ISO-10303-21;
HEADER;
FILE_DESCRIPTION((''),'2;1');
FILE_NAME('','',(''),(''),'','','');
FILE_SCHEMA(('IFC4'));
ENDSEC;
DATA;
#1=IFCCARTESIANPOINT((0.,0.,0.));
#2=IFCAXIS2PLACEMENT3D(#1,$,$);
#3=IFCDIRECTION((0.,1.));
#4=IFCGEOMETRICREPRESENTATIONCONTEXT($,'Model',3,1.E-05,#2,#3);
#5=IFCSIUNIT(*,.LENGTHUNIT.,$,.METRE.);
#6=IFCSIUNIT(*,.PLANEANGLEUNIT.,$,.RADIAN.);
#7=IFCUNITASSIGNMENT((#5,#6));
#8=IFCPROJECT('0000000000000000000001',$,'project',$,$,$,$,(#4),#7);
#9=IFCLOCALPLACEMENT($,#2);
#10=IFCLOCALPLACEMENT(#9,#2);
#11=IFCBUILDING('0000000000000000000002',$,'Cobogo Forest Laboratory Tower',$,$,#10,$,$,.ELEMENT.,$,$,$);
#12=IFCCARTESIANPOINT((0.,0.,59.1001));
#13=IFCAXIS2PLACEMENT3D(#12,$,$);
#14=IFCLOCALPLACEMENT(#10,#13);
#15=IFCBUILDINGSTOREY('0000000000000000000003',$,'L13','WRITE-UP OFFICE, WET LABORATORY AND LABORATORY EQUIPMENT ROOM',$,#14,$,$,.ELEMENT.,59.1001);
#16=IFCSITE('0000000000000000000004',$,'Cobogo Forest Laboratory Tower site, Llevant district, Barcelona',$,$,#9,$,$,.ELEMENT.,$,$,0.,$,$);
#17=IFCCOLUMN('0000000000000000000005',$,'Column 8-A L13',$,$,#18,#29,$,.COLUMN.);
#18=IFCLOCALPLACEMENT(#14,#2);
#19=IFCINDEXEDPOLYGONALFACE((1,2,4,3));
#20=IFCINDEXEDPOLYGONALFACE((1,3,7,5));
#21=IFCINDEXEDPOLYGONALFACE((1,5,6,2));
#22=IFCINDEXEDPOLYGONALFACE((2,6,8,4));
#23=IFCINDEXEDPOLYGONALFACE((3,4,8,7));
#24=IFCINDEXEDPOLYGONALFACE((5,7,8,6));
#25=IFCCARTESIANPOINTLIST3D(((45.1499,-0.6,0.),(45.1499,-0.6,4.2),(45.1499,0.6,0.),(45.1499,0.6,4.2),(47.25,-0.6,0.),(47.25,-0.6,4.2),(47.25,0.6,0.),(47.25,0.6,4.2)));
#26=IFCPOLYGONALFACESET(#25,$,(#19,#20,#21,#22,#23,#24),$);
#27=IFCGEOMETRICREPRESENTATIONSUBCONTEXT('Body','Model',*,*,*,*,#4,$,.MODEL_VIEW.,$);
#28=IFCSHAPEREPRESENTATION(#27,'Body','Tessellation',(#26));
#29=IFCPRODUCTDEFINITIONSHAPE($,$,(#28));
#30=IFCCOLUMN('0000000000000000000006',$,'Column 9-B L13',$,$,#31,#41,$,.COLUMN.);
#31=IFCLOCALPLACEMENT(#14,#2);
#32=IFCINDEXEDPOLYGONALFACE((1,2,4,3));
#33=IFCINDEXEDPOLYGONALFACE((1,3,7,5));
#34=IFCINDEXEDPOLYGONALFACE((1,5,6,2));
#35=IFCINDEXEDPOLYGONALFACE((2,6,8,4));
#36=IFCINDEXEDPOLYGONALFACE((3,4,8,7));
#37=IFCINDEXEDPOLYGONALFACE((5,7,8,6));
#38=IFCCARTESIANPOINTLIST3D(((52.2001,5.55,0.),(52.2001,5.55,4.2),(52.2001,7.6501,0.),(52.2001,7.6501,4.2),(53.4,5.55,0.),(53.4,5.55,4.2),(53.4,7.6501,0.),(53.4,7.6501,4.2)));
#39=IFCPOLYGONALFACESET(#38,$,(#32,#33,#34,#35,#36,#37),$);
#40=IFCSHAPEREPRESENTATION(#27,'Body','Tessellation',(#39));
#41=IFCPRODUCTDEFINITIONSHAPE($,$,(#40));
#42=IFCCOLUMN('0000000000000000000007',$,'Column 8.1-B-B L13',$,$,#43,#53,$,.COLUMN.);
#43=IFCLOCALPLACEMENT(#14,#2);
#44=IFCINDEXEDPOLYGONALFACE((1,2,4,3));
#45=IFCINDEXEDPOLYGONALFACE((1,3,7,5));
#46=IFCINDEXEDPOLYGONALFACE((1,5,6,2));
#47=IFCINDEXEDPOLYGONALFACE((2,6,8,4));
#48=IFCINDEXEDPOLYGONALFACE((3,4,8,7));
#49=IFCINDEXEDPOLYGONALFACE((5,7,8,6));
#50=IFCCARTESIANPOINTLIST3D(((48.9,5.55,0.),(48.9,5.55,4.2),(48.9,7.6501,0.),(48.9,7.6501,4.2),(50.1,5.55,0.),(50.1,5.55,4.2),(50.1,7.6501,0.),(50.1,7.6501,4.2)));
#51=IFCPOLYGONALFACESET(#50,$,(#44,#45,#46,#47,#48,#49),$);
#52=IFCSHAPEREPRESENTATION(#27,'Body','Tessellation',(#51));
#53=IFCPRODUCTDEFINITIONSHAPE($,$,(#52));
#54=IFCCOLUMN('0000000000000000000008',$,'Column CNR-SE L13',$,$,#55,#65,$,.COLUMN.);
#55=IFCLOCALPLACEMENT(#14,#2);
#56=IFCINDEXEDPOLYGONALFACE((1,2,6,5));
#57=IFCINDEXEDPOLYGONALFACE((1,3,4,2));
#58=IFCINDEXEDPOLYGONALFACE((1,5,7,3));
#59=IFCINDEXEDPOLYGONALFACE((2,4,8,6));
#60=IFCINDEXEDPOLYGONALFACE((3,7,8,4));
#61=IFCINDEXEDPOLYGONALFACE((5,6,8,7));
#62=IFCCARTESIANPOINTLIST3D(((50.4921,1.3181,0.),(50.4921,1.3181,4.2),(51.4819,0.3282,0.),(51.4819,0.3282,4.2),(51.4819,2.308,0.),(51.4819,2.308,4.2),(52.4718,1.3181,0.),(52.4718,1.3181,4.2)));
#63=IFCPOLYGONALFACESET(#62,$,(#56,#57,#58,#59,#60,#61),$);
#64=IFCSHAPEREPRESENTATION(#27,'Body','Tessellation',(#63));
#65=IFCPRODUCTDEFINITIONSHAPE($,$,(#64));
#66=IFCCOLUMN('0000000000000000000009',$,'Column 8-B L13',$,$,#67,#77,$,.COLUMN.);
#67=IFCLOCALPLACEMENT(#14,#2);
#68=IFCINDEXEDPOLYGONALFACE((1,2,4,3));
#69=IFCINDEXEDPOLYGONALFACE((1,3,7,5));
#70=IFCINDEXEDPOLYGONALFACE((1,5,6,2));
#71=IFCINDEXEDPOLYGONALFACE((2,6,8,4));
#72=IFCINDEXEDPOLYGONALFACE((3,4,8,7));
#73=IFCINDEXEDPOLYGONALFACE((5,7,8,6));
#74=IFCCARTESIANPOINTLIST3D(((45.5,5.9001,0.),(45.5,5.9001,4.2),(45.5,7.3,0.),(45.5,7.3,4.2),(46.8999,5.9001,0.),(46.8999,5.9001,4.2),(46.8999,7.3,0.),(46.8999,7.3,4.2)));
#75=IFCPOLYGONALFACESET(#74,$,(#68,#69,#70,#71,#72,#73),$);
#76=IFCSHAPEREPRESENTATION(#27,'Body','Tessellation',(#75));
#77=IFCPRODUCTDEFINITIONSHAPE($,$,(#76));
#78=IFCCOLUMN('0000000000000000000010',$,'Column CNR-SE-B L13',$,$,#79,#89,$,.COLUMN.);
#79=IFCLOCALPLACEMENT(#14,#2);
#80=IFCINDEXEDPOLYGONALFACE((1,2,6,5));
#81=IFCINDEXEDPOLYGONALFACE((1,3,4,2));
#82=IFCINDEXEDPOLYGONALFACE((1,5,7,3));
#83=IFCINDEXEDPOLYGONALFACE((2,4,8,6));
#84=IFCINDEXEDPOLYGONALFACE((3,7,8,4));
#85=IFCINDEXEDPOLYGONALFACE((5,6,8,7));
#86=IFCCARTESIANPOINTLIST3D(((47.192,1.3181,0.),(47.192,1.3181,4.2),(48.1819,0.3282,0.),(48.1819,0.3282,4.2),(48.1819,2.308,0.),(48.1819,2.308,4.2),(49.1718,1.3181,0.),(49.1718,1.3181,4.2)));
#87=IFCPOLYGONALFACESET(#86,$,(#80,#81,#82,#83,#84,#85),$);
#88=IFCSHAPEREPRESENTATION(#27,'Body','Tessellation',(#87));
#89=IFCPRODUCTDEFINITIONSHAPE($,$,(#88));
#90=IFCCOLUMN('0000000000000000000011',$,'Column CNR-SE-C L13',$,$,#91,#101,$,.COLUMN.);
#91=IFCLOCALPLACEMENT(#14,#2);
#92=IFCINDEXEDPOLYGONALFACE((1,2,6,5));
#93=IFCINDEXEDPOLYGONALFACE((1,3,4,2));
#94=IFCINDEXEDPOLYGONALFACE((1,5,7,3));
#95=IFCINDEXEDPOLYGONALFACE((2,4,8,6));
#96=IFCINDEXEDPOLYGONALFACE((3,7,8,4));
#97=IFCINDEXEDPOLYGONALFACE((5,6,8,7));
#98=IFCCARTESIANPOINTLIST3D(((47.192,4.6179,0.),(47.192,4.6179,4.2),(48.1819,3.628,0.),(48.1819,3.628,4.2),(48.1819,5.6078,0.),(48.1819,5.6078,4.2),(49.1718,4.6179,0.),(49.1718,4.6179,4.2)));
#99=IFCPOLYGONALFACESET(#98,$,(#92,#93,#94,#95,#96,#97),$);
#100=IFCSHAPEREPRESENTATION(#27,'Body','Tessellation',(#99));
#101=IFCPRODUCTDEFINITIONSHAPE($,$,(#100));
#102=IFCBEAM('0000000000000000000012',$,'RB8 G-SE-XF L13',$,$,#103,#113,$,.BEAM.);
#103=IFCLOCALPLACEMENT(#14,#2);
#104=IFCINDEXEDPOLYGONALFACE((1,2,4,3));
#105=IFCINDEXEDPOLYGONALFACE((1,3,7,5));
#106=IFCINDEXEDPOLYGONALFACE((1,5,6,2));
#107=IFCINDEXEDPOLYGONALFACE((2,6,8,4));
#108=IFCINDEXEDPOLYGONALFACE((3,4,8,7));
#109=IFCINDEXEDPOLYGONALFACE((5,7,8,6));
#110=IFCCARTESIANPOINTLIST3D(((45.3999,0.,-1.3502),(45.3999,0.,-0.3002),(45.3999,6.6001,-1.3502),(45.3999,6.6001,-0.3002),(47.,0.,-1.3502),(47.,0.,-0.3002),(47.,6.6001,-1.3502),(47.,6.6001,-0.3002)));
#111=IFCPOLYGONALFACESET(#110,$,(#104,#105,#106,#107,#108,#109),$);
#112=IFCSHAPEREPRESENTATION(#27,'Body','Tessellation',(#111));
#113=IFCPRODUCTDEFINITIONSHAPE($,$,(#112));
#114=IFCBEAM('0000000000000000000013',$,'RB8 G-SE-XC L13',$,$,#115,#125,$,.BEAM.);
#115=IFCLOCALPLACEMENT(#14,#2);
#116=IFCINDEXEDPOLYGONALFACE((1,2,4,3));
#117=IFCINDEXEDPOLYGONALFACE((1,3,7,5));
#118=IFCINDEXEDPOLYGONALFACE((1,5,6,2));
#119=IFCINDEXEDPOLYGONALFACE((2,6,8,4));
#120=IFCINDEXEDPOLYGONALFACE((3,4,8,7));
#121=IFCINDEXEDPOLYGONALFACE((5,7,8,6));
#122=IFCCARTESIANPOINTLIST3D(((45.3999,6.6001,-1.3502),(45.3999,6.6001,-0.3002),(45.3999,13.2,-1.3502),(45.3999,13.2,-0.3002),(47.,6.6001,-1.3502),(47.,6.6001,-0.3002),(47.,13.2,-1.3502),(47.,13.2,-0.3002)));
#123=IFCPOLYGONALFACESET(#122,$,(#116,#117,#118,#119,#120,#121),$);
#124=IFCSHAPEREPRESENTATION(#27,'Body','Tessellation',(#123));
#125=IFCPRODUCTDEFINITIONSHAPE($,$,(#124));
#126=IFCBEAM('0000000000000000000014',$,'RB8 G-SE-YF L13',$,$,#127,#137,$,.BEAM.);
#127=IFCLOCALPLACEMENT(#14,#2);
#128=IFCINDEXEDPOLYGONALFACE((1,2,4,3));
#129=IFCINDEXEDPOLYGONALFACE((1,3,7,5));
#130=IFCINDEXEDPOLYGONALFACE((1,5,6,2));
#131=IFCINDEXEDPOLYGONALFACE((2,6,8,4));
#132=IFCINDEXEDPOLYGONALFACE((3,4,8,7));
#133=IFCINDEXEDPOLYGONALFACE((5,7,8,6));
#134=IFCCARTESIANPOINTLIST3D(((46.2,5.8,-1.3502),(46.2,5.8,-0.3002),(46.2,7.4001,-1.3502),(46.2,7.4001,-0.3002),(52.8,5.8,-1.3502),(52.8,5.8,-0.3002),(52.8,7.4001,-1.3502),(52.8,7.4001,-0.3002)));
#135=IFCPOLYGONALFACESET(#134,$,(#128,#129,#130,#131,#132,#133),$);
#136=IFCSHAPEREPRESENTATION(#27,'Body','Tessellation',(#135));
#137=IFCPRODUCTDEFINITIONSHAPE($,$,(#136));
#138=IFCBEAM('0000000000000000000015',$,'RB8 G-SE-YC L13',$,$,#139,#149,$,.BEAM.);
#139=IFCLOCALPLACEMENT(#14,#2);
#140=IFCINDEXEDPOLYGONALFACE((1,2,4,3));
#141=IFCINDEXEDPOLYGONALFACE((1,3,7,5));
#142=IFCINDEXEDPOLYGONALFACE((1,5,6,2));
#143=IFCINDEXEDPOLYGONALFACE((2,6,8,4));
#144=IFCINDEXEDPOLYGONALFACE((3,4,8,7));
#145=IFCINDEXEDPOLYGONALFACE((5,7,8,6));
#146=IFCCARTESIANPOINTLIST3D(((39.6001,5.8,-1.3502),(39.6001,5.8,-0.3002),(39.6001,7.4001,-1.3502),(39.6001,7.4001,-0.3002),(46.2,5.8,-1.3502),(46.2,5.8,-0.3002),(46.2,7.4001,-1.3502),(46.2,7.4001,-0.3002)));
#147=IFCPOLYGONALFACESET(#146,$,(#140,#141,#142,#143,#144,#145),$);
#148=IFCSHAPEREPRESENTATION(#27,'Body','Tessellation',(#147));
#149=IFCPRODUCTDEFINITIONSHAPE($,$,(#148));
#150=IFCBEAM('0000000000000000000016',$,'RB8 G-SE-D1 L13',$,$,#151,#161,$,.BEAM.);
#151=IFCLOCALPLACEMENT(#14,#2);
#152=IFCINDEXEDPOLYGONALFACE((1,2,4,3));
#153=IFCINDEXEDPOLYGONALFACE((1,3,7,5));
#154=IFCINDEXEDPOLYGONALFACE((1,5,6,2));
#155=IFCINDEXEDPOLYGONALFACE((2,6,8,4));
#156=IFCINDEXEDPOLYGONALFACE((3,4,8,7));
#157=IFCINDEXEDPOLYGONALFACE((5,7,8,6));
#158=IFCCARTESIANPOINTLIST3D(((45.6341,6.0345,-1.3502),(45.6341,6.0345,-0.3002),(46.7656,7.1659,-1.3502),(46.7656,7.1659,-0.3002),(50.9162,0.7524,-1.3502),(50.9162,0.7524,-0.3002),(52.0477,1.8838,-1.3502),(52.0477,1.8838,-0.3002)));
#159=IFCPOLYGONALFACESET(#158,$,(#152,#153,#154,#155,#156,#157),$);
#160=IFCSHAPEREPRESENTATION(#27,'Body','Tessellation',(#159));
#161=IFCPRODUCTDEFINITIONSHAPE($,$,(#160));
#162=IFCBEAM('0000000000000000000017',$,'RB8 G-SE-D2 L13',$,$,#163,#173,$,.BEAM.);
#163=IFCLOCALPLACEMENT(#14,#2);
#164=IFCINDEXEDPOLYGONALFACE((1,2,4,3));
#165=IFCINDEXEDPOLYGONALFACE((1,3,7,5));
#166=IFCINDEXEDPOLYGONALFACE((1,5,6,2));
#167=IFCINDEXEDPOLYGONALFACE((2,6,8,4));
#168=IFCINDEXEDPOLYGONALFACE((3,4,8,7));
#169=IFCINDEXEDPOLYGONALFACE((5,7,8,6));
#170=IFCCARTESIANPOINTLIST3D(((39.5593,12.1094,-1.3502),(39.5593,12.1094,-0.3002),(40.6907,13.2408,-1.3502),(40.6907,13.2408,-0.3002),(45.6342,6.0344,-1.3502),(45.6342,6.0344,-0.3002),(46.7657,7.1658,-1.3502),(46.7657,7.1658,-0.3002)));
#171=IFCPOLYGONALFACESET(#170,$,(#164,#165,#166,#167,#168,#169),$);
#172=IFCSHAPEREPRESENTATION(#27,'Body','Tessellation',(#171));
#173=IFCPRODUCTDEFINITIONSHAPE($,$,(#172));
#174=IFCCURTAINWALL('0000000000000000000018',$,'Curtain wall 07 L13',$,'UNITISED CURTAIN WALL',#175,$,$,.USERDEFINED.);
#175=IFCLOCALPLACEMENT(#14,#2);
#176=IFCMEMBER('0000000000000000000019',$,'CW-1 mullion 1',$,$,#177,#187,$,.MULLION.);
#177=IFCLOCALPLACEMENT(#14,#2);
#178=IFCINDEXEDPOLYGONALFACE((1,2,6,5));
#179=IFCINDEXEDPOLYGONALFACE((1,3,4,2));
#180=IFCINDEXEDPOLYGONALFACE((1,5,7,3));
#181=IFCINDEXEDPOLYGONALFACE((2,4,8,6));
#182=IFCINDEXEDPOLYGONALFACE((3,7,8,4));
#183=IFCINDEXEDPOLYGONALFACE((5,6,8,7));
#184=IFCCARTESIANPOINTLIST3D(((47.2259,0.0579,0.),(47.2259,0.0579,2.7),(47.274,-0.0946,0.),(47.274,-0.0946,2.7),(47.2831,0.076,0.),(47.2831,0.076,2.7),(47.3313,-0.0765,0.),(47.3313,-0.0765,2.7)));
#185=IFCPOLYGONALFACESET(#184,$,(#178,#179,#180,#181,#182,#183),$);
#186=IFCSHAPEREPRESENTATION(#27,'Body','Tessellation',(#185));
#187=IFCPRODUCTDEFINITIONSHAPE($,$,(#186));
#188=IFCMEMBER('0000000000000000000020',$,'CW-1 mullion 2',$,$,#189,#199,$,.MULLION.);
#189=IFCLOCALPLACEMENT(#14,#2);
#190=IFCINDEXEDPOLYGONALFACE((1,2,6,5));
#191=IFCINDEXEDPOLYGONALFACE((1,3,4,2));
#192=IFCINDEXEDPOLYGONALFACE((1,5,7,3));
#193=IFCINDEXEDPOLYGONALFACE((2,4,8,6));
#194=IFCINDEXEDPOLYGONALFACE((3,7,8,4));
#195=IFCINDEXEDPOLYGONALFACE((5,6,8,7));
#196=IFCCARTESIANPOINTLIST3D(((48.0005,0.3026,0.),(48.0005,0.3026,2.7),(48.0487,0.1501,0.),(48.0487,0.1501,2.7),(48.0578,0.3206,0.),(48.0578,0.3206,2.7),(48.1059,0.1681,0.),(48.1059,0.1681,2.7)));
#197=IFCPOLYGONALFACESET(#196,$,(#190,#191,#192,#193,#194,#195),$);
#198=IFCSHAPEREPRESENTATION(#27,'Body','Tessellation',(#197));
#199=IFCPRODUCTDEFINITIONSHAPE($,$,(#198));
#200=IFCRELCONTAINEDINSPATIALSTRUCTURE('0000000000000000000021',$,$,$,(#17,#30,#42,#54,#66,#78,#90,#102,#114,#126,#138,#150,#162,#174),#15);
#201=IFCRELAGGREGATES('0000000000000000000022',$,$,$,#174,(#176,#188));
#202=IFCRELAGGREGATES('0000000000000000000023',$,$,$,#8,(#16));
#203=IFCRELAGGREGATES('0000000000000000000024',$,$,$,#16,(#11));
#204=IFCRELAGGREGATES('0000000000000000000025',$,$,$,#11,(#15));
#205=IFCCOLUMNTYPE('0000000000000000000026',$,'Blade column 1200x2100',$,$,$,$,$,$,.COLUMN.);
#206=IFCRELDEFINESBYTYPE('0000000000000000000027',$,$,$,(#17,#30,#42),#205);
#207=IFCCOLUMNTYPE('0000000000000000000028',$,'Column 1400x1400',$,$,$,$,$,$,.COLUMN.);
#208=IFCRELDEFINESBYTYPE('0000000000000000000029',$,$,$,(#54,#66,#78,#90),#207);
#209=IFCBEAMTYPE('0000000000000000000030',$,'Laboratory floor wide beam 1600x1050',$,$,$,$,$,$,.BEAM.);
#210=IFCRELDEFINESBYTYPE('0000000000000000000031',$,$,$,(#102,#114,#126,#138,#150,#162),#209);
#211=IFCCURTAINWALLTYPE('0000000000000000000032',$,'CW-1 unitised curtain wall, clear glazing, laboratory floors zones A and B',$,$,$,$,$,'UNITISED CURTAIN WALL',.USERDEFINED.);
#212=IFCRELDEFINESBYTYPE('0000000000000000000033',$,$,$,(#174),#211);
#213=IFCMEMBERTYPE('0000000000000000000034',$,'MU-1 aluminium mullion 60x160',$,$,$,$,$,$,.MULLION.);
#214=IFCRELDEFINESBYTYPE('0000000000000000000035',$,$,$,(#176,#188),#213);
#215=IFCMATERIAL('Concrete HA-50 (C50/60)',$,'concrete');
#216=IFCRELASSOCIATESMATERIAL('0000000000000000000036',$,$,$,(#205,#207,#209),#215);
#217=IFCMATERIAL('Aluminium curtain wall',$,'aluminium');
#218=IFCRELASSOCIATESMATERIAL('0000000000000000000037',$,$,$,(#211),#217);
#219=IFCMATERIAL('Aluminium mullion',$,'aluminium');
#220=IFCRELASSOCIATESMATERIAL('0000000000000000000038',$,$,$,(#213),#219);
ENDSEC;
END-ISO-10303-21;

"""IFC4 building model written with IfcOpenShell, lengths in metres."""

from ifc_helpers import new_model, si_unit, direction, frame, origin, origin_2d, place, context, subcontext, project, spatial, rectangle, extrude, material, material_profile, profile_set, type_object, element, aggregate, save


model = new_model("IFC4")

# Units and contexts
model_context = context("Model", 3, precision=1e-05, world=origin(), true_north=direction((0.0, 1.0)))
body_context = subcontext(model_context, "Body", "Model", "MODEL_VIEW")
ifc_project = project(units=[si_unit("LENGTHUNIT", "METRE"), si_unit("PLANEANGLEUNIT", "RADIAN")], contexts=[model_context])

# Site, building, storey
site_placement = place(None, origin())
site = spatial("IfcSite", under=ifc_project, at=site_placement, Name="Cobogo Forest Laboratory Tower site, Llevant district, Barcelona", CompositionType="ELEMENT", RefElevation=0.0)
building_placement = place(site_placement, origin())
building = spatial("IfcBuilding", under=site, at=building_placement, Name="Cobogo Forest Laboratory Tower", CompositionType="ELEMENT")
storey_placement = place(building_placement, frame((0.0, 0.0, 59.1001)))
storey = spatial("IfcBuildingStorey", under=building, at=storey_placement, Name="L13", Description="WRITE-UP OFFICE, WET LABORATORY AND LABORATORY EQUIPMENT ROOM", CompositionType="ELEMENT", Elevation=59.1001)

# Columns
ifc_material_1 = material(Name="Concrete HA-50 (C50/60)", Category="concrete")
ifc_material_profile_1 = material_profile(ifc_material_1, rectangle(XDim=2.1001, YDim=1.2, at=origin_2d()), Name="RC 1200x2100")
ifc_profile_set_1 = profile_set([ifc_material_profile_1], Name="Concrete HA-50 (C50/60)")
column_type_1 = type_object("IfcColumnType", Name="Blade column 1200x2100", PredefinedType="COLUMN", material=ifc_profile_set_1)
for number, where, z_axis, x_axis, name in (
    (1, (46.2, 0.0, 0.0), (0.0, 0.0, 1.0), (1.0, 0.0, 0.0), "Column 8-A L13"),
    (2, (52.8, 6.6001, 0.0), (0.0, 0.0, 1.0), (0.0, 1.0, 0.0), "Column 9-B L13"),
    (3, (49.5, 6.6001, 0.0), (0.0, 0.0, 1.0), (0.0, 1.0, 0.0), "Column 8.1-B-B L13"),
):
    element("IfcColumn", number, at=place(storey_placement, frame(where, z_axis=z_axis, x_axis=x_axis)), inside=storey, type_object=column_type_1, Name=name, PredefinedType="COLUMN", context=body_context, shape_type="SweptSolid", body=[
        extrude(rectangle(XDim=2.1001, YDim=1.2, at=origin_2d()), origin(), (0.0, 0.0, 1.0), 4.2),
    ])
ifc_material_profile_2 = material_profile(ifc_material_1, rectangle(XDim=1.3999, YDim=1.3999, at=origin_2d()), Name="RC 1400x1400")
ifc_profile_set_2 = profile_set([ifc_material_profile_2], Name="Concrete HA-50 (C50/60)")
column_type_2 = type_object("IfcColumnType", Name="Column 1400x1400", PredefinedType="COLUMN", material=ifc_profile_set_2)
for number, where, z_axis, x_axis, name in (
    (4, (51.4819, 1.3181, 0.0), (0.0, 0.0, 1.0), (0.707107, 0.707107, 0.0), "Column CNR-SE L13"),
    (5, (46.2, 6.6001, 0.0), (0.0, 0.0, 1.0), (1.0, 0.0, 0.0), "Column 8-B L13"),
    (6, (48.1819, 1.3181, 0.0), (0.0, 0.0, 1.0), (0.707107, 0.707107, 0.0), "Column CNR-SE-B L13"),
    (7, (48.1819, 4.6179, 0.0), (0.0, 0.0, 1.0), (0.707107, 0.707107, 0.0), "Column CNR-SE-C L13"),
):
    element("IfcColumn", number, at=place(storey_placement, frame(where, z_axis=z_axis, x_axis=x_axis)), inside=storey, type_object=column_type_2, Name=name, PredefinedType="COLUMN", context=body_context, shape_type="SweptSolid", body=[
        extrude(rectangle(XDim=1.3999, YDim=1.3999, at=origin_2d()), origin(), (0.0, 0.0, 1.0), 4.2),
    ])

# Beams
ifc_material_profile_3 = material_profile(ifc_material_1, rectangle(XDim=1.6001, YDim=1.05, at=origin_2d()), Name="RC 1600x1050")
ifc_profile_set_3 = profile_set([ifc_material_profile_3], Name="Concrete HA-50 (C50/60)")
beam_type_1 = type_object("IfcBeamType", Name="Laboratory floor wide beam 1600x1050", PredefinedType="BEAM", material=ifc_profile_set_3)
beam_1_placement = place(storey_placement, frame((46.2, 0.0, -0.8252), z_axis=(0.0, 1.0, 0.0), x_axis=(-1.0, 0.0, 0.0)))
element("IfcBeam", 8, at=beam_1_placement, inside=storey, type_object=beam_type_1, Name="RB8 G-SE-XF L13", PredefinedType="BEAM", context=body_context, shape_type="SweptSolid", body=[
    extrude(rectangle(XDim=1.6001, YDim=1.05, at=origin_2d()), origin(), (0.0, 0.0, 1.0), 6.6001),
])
beam_2_placement = place(storey_placement, frame((46.2, 6.6001, -0.8252), z_axis=(0.0, 1.0, 0.0), x_axis=(-1.0, 0.0, 0.0)))
element("IfcBeam", 9, at=beam_2_placement, inside=storey, type_object=beam_type_1, Name="RB8 G-SE-XC L13", PredefinedType="BEAM", context=body_context, shape_type="SweptSolid", body=[
    extrude(rectangle(XDim=1.6001, YDim=1.05, at=origin_2d()), origin(), (0.0, 0.0, 1.0), 6.5999),
])
beam_3_placement = place(storey_placement, frame((52.8, 6.6001, -0.8252), z_axis=(-1.0, 0.0, 0.0), x_axis=(0.0, -1.0, 0.0)))
element("IfcBeam", 10, at=beam_3_placement, inside=storey, type_object=beam_type_1, Name="RB8 G-SE-YF L13", PredefinedType="BEAM", context=body_context, shape_type="SweptSolid", body=[
    extrude(rectangle(XDim=1.6001, YDim=1.05, at=origin_2d()), origin(), (0.0, 0.0, 1.0), 6.6001),
])
beam_4_placement = place(storey_placement, frame((46.2, 6.6001, -0.8252), z_axis=(-1.0, 0.0, 0.0), x_axis=(0.0, -1.0, 0.0)))
element("IfcBeam", 11, at=beam_4_placement, inside=storey, type_object=beam_type_1, Name="RB8 G-SE-YC L13", PredefinedType="BEAM", context=body_context, shape_type="SweptSolid", body=[
    extrude(rectangle(XDim=1.6001, YDim=1.05, at=origin_2d()), origin(), (0.0, 0.0, 1.0), 6.5999),
])
beam_5_placement = place(storey_placement, frame((51.4819, 1.3181, -0.8252), z_axis=(-0.707107, 0.707107, 0.0), x_axis=(-0.707107, -0.707107, 0.0)))
element("IfcBeam", 12, at=beam_5_placement, inside=storey, type_object=beam_type_1, Name="RB8 G-SE-D1 L13", PredefinedType="BEAM", context=body_context, shape_type="SweptSolid", body=[
    extrude(rectangle(XDim=1.6001, YDim=1.05, at=origin_2d()), origin(), (0.0, 0.0, 1.0), 7.47),
])
beam_6_placement = place(storey_placement, frame((46.2, 6.6001, -0.8252), z_axis=(-0.707107, 0.707107, 0.0), x_axis=(-0.707107, -0.707107, 0.0)))
element("IfcBeam", 13, at=beam_6_placement, inside=storey, type_object=beam_type_1, Name="RB8 G-SE-D2 L13", PredefinedType="BEAM", context=body_context, shape_type="SweptSolid", body=[
    extrude(rectangle(XDim=1.6001, YDim=1.05, at=origin_2d()), origin(), (0.0, 0.0, 1.0), 8.5913),
])

# Curtain wall, members
ifc_material_2 = material(Name="Aluminium curtain wall", Category="aluminium")
curtain_wall_type = type_object("IfcCurtainWallType", Name="CW-1 unitised curtain wall, clear glazing, laboratory floors zones A and B", ElementType="UNITISED CURTAIN WALL", PredefinedType="USERDEFINED", material=ifc_material_2)
curtain_wall_1_placement = place(storey_placement, origin())
curtain_wall_1 = element("IfcCurtainWall", 14, at=curtain_wall_1_placement, inside=storey, type_object=curtain_wall_type, Name="Curtain wall 07 L13", ObjectType="UNITISED CURTAIN WALL", PredefinedType="USERDEFINED")
ifc_material_3 = material(Name="Aluminium mullion", Category="aluminium")
ifc_material_profile_4 = material_profile(ifc_material_3, rectangle(XDim=0.0601, YDim=0.1599, at=origin_2d()), Name="AL 60x160")
ifc_profile_set_4 = profile_set([ifc_material_profile_4], Name="Aluminium mullion")
member_type_1 = type_object("IfcMemberType", Name="MU-1 aluminium mullion 60x160", PredefinedType="MULLION", material=ifc_profile_set_4)
member_1_placement = place(storey_placement, frame((47.2786, -0.0093, 0.0), z_axis=(0.0, 0.0, 1.0), x_axis=(0.953582, 0.301135, 0.0)))
member_1 = element("IfcMember", 15, at=member_1_placement, type_object=member_type_1, Name="CW-1 mullion 1", PredefinedType="MULLION", context=body_context, shape_type="SweptSolid", body=[
    extrude(rectangle(XDim=0.0601, YDim=0.1599, at=origin_2d()), origin(), (0.0, 0.0, 1.0), 2.7),
])
member_2_placement = place(storey_placement, frame((48.0532, 0.2354, 0.0), z_axis=(0.0, 0.0, 1.0), x_axis=(0.953582, 0.301135, 0.0)))
member_2 = element("IfcMember", 16, at=member_2_placement, type_object=member_type_1, Name="CW-1 mullion 2", PredefinedType="MULLION", context=body_context, shape_type="SweptSolid", body=[
    extrude(rectangle(XDim=0.0601, YDim=0.1599, at=origin_2d()), origin(), (0.0, 0.0, 1.0), 2.7),
])

aggregate(curtain_wall_1, [member_1, member_2])

save(model, "model.ifc")
